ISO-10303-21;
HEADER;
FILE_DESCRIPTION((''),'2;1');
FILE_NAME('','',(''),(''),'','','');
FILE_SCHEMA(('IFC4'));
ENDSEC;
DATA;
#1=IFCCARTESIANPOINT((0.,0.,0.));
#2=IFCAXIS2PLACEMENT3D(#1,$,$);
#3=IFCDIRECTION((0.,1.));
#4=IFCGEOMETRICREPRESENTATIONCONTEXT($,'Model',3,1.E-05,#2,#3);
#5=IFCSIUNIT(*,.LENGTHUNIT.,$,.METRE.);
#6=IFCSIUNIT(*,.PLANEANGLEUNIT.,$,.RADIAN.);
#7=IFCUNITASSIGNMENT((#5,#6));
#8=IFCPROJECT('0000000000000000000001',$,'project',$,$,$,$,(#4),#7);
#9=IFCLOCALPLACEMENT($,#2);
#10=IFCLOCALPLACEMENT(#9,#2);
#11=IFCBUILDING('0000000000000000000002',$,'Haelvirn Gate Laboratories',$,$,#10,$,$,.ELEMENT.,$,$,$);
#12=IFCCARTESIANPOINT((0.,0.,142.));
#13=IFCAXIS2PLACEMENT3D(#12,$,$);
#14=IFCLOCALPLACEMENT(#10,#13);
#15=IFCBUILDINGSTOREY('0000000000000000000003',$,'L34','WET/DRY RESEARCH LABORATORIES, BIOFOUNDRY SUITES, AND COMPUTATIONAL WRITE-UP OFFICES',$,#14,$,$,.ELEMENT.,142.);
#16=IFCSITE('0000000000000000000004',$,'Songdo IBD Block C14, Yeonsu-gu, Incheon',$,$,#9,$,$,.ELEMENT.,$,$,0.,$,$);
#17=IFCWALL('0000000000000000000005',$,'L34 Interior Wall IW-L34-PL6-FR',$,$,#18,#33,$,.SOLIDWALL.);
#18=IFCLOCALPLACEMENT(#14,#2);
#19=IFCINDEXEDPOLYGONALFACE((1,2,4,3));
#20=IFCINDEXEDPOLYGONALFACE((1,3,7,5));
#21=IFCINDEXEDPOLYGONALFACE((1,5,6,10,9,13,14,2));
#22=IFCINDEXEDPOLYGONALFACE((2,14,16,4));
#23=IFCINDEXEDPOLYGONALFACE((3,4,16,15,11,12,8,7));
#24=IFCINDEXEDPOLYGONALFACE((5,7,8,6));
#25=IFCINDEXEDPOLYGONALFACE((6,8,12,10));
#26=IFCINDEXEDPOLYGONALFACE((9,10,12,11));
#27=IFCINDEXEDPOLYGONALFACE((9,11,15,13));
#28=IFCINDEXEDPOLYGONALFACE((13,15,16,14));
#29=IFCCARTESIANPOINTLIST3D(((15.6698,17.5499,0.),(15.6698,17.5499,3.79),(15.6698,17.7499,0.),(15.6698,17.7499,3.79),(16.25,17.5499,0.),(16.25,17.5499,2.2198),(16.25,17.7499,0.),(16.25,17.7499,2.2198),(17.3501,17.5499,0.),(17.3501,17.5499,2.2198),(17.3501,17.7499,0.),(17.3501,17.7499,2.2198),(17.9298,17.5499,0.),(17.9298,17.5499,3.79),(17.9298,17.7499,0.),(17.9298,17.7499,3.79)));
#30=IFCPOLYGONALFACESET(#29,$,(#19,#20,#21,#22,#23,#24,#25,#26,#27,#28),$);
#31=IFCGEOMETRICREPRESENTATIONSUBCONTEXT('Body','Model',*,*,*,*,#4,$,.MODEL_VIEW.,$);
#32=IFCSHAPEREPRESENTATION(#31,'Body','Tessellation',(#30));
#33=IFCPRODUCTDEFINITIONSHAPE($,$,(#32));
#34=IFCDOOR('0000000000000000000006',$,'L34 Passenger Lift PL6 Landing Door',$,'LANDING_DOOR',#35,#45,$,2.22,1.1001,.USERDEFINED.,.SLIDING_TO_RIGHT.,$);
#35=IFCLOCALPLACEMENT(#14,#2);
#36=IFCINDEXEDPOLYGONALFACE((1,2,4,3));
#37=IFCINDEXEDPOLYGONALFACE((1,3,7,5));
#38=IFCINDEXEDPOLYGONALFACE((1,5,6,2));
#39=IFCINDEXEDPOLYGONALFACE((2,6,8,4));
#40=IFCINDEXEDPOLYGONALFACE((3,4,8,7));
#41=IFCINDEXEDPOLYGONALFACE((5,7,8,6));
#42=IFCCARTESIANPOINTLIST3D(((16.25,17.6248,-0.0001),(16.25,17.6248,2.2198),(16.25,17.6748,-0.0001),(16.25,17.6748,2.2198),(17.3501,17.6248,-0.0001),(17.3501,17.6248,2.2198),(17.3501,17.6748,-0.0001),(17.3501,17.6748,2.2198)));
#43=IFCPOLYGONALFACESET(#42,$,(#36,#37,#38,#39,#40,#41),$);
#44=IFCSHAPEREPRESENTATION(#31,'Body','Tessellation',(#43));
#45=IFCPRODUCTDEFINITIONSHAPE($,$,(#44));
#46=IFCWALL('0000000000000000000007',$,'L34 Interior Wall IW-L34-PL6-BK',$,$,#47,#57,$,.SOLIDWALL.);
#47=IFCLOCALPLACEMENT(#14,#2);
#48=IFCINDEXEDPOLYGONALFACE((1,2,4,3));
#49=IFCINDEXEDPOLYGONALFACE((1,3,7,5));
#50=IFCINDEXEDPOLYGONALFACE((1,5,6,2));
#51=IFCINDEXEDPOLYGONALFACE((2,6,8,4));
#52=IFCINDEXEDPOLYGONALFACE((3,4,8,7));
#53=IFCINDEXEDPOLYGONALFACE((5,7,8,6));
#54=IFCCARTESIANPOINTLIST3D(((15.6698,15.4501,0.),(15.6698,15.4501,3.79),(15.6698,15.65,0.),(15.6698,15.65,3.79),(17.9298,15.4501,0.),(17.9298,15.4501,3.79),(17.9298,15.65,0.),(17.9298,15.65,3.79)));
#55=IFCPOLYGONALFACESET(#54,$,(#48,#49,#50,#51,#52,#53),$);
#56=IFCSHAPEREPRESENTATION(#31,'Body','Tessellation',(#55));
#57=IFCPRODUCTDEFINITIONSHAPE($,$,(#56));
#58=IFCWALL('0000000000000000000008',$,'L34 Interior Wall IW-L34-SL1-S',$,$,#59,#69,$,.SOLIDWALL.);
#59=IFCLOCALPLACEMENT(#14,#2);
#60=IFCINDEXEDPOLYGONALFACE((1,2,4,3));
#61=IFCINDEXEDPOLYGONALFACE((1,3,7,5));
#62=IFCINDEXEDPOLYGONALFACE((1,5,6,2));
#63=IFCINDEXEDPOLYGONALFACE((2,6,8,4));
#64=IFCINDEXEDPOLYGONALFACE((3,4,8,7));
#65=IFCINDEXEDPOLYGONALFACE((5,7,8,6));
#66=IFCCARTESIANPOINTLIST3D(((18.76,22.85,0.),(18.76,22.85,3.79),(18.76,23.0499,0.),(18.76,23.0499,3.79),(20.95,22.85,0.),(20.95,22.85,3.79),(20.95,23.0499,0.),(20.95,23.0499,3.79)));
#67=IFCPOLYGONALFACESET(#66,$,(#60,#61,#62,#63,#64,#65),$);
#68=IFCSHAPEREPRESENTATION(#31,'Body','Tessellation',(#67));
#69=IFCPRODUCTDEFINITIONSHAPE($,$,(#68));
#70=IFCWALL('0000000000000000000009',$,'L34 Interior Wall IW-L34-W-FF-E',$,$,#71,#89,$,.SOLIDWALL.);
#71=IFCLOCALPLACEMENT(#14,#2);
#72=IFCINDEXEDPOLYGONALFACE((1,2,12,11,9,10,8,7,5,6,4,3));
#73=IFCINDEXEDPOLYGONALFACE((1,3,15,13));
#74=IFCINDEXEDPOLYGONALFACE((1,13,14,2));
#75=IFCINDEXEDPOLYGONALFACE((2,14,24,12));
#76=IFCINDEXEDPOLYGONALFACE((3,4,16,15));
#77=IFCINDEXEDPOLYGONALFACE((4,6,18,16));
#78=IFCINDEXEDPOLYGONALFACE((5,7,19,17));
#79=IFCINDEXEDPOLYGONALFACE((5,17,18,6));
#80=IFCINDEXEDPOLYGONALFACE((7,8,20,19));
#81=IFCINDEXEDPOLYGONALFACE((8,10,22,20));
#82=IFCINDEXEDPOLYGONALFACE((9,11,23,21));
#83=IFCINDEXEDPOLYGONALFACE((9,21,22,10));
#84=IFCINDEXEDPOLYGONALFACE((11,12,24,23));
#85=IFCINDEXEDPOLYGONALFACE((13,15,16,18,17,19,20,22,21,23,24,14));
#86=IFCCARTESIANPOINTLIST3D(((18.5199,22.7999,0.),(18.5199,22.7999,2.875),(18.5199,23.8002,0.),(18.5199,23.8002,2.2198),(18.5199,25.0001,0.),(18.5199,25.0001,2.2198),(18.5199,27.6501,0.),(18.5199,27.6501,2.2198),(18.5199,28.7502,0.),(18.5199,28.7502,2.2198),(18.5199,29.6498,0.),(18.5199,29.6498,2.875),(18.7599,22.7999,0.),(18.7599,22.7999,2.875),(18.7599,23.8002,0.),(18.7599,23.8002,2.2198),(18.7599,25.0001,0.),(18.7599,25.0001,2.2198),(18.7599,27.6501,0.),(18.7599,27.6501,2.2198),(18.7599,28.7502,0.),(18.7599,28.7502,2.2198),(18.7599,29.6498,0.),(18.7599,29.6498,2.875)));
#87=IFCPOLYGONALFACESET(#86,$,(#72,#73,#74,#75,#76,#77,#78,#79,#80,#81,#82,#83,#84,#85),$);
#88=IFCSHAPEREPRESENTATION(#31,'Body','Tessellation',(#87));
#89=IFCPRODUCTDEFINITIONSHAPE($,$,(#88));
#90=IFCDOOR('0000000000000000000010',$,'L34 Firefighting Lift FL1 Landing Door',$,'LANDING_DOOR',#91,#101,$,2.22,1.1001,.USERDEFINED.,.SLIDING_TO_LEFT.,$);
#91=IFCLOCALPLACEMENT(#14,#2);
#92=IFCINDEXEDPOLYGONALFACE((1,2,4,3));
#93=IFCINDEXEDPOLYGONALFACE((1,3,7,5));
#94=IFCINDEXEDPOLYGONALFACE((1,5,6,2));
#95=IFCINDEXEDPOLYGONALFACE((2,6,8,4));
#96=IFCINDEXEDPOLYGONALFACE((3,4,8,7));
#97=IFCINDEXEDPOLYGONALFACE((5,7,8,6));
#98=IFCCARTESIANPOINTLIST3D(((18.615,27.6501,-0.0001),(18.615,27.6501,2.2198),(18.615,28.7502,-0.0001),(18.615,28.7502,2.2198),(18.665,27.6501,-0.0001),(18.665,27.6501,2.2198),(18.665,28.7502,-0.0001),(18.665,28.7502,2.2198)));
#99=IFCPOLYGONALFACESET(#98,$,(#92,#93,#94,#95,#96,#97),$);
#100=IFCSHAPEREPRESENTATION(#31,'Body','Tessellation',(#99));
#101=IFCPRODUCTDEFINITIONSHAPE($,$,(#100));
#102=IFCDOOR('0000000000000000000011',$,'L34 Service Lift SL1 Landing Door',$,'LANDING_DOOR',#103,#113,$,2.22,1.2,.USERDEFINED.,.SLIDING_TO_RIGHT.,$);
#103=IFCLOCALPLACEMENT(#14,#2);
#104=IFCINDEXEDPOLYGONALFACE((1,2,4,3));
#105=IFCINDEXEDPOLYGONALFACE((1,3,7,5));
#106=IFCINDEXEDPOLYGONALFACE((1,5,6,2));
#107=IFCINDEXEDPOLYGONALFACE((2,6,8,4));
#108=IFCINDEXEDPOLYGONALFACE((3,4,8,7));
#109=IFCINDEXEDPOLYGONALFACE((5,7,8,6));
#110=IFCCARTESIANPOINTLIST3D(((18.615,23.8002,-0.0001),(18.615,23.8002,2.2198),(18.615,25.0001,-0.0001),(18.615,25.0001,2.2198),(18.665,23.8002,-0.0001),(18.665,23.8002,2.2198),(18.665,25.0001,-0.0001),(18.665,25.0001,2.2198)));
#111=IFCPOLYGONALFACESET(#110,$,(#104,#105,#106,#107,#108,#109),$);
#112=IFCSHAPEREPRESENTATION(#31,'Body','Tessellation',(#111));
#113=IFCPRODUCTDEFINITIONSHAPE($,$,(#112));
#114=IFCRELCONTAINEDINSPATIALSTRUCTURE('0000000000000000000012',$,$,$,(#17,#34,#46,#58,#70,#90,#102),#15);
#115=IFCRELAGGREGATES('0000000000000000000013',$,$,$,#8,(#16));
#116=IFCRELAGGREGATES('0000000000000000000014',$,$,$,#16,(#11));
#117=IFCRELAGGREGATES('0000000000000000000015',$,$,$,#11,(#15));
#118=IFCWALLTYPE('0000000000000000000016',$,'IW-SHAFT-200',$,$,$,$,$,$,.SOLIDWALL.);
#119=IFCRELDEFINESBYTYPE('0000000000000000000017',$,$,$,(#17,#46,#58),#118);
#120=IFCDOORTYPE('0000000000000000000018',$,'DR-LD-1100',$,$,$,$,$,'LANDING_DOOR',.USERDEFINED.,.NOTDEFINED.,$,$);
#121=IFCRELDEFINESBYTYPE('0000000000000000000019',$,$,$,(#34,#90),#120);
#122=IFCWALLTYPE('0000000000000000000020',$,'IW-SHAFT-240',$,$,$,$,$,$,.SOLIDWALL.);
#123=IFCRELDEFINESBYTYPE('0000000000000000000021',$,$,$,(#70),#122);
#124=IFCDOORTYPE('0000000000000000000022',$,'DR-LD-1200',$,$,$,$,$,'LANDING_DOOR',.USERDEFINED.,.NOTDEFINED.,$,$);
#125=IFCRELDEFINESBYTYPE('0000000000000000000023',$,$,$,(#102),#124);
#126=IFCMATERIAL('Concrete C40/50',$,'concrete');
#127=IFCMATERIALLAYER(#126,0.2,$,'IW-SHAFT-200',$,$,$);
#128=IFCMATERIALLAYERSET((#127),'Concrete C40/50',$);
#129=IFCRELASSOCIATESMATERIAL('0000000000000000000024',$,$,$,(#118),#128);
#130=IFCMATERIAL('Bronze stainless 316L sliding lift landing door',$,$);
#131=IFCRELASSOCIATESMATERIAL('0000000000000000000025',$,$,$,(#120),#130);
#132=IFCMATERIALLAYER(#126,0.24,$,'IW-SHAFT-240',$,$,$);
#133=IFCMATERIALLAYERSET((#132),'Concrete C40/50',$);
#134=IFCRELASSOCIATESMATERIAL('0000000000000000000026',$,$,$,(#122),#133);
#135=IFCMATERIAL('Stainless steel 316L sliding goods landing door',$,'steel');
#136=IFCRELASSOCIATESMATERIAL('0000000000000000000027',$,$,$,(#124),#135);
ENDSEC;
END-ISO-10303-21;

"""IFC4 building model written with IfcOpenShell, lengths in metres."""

from ifc_helpers import new_model, si_unit, direction, frame, frame_2d, origin, place, context, subcontext, project, spatial, rectangle, extrude, source, transform, mapped, material, layer, layer_set, type_object, type_shapes, element, fill, save


model = new_model("IFC4")

# Units and contexts
model_context = context("Model", 3, precision=1e-05, world=origin(), true_north=direction((0.0, 1.0)))
body_context = subcontext(model_context, "Body", "Model", "MODEL_VIEW")
ifc_project = project(units=[si_unit("LENGTHUNIT", "METRE"), si_unit("PLANEANGLEUNIT", "RADIAN")], contexts=[model_context])

# Site, building, storey
site_placement = place(None, origin())
site = spatial("IfcSite", under=ifc_project, at=site_placement, Name="Songdo IBD Block C14, Yeonsu-gu, Incheon", CompositionType="ELEMENT", RefElevation=0.0)
building_placement = place(site_placement, origin())
building = spatial("IfcBuilding", under=site, at=building_placement, Name="Haelvirn Gate Laboratories", CompositionType="ELEMENT")
storey_placement = place(building_placement, frame((0.0, 0.0, 142.0)))
storey = spatial("IfcBuildingStorey", under=building, at=storey_placement, Name="L34", Description="WET/DRY RESEARCH LABORATORIES, BIOFOUNDRY SUITES, AND COMPUTATIONAL WRITE-UP OFFICES", CompositionType="ELEMENT", Elevation=142.0)

# Shared definitions
ifc_material_1 = material(Name="Concrete C40/50", Category="concrete")

# Wall, opening, door
ifc_layer_1 = layer(ifc_material_1, 0.2, Name="IW-SHAFT-200")
ifc_layer_set_1 = layer_set([ifc_layer_1], Name="Concrete C40/50")
wall_type_1 = type_object("IfcWallType", Name="IW-SHAFT-200", PredefinedType="SOLIDWALL", material=ifc_layer_set_1)
wall_1_placement = place(storey_placement, frame((15.6699, 17.6499, 0.0), z_axis=(0.0, 0.0, 1.0), x_axis=(1.0, 0.0, 0.0)))
wall_1 = element("IfcWall", 1, at=wall_1_placement, inside=storey, type_object=wall_type_1, Name="L34 Interior Wall IW-L34-PL6-FR", PredefinedType="SOLIDWALL", context=body_context, shape_type="SweptSolid", body=[
    extrude(rectangle(XDim=2.26, YDim=0.2, at=frame_2d((1.1299, 0.0))), origin(), (0.0, 0.0, 1.0), 3.79),
])
opening_1_placement = place(wall_1_placement, frame((0.5801, 0.0, 0.0)))
opening_1 = element("IfcOpeningElement", 2, at=opening_1_placement, cuts=wall_1, PredefinedType="OPENING", context=body_context, shape_type="SweptSolid", body=[
    extrude(rectangle(XDim=1.1001, YDim=2.22, at=frame_2d((0.55, 1.1099))), frame((0.0, 0.1099, 0.0), z_axis=(0.0, -1.0, 0.0), x_axis=(1.0, 0.0, 0.0)), (0.0, 0.0, 1.0), 0.22),
])
ifc_material_2 = material(Name="Bronze stainless 316L sliding lift landing door")
door_type_1 = type_object("IfcDoorType", Name="DR-LD-1100", ElementType="LANDING_DOOR", OperationType="NOTDEFINED", PredefinedType="USERDEFINED", material=ifc_material_2)
shared_shape_1 = source(origin(), body_context, "Body", "SweptSolid", [
    extrude(rectangle(XDim=1.1001, YDim=2.22, at=frame_2d((0.55, 1.1099))), frame((0.0, 0.0249, 0.0), z_axis=(0.0, -1.0, 0.0), x_axis=(1.0, 0.0, 0.0)), (0.0, 0.0, 1.0), 0.05),
])
type_shapes(door_type_1, [shared_shape_1])
door_1_placement = place(opening_1_placement, origin())
door_1 = element("IfcDoor", 3, at=door_1_placement, inside=storey, type_object=door_type_1, Name="L34 Passenger Lift PL6 Landing Door", ObjectType="LANDING_DOOR", OperationType="SLIDING_TO_RIGHT", OverallHeight=2.22, OverallWidth=1.1001, PredefinedType="USERDEFINED", context=body_context, shape_type="MappedRepresentation", body=[
    mapped(shared_shape_1, transform((0.0, 0.0, 0.0), scale=1.0)),
])
fill(opening_1, door_1)

# Walls
wall_2_placement = place(storey_placement, frame((15.6699, 15.55, 0.0), z_axis=(0.0, 0.0, 1.0), x_axis=(1.0, 0.0, 0.0)))
element("IfcWall", 4, at=wall_2_placement, inside=storey, type_object=wall_type_1, Name="L34 Interior Wall IW-L34-PL6-BK", PredefinedType="SOLIDWALL", context=body_context, shape_type="SweptSolid", body=[
    extrude(rectangle(XDim=2.26, YDim=0.2, at=frame_2d((1.1299, 0.0))), origin(), (0.0, 0.0, 1.0), 3.79),
])
wall_3_placement = place(storey_placement, frame((18.76, 22.95, 0.0), z_axis=(0.0, 0.0, 1.0), x_axis=(1.0, 0.0, 0.0)))
element("IfcWall", 5, at=wall_3_placement, inside=storey, type_object=wall_type_1, Name="L34 Interior Wall IW-L34-SL1-S", PredefinedType="SOLIDWALL", context=body_context, shape_type="SweptSolid", body=[
    extrude(rectangle(XDim=2.1899, YDim=0.2, at=frame_2d((1.095, 0.0))), origin(), (0.0, 0.0, 1.0), 3.79),
])

# Wall, openings, doors
ifc_layer_2 = layer(ifc_material_1, 0.24, Name="IW-SHAFT-240")
ifc_layer_set_2 = layer_set([ifc_layer_2], Name="Concrete C40/50")
wall_type_2 = type_object("IfcWallType", Name="IW-SHAFT-240", PredefinedType="SOLIDWALL", material=ifc_layer_set_2)
wall_4_placement = place(storey_placement, frame((18.6399, 22.8, 0.0), z_axis=(0.0, 0.0, 1.0), x_axis=(0.0, 1.0, 0.0)))
wall_4 = element("IfcWall", 6, at=wall_4_placement, inside=storey, type_object=wall_type_2, Name="L34 Interior Wall IW-L34-W-FF-E", PredefinedType="SOLIDWALL", context=body_context, shape_type="SweptSolid", body=[
    extrude(rectangle(XDim=6.8499, YDim=0.24, at=frame_2d((3.4248, 0.0))), origin(), (0.0, 0.0, 1.0), 2.875),
])
opening_2_placement = place(wall_4_placement, frame((4.8501, 0.0, 0.0)))
opening_2 = element("IfcOpeningElement", 7, at=opening_2_placement, cuts=wall_4, PredefinedType="OPENING", context=body_context, shape_type="SweptSolid", body=[
    extrude(rectangle(XDim=1.1001, YDim=2.22, at=frame_2d((0.55, 1.1099))), frame((0.0, 0.1299, 0.0), z_axis=(0.0, -1.0, 0.0), x_axis=(1.0, 0.0, 0.0)), (0.0, 0.0, 1.0), 0.26),
])
opening_3_placement = place(wall_4_placement, frame((1.0, 0.0, 0.0)))
opening_3 = element("IfcOpeningElement", 8, at=opening_3_placement, cuts=wall_4, PredefinedType="OPENING", context=body_context, shape_type="SweptSolid", body=[
    extrude(rectangle(XDim=1.2, YDim=2.22, at=frame_2d((0.6001, 1.1099))), frame((0.0, 0.1299, 0.0), z_axis=(0.0, -1.0, 0.0), x_axis=(1.0, 0.0, 0.0)), (0.0, 0.0, 1.0), 0.26),
])
door_2_placement = place(opening_2_placement, origin())
door_2 = element("IfcDoor", 9, at=door_2_placement, inside=storey, type_object=door_type_1, Name="L34 Firefighting Lift FL1 Landing Door", ObjectType="LANDING_DOOR", OperationType="SLIDING_TO_LEFT", OverallHeight=2.22, OverallWidth=1.1001, PredefinedType="USERDEFINED", context=body_context, shape_type="MappedRepresentation", body=[
    mapped(shared_shape_1, transform((0.0, 0.0, 0.0), scale=1.0)),
])
fill(opening_2, door_2)
ifc_material_3 = material(Name="Stainless steel 316L sliding goods landing door", Category="steel")
door_type_2 = type_object("IfcDoorType", Name="DR-LD-1200", ElementType="LANDING_DOOR", OperationType="NOTDEFINED", PredefinedType="USERDEFINED", material=ifc_material_3)
shared_shape_2 = source(origin(), body_context, "Body", "SweptSolid", [
    extrude(rectangle(XDim=1.2, YDim=2.22, at=frame_2d((0.6001, 1.1099))), frame((0.0, 0.0249, 0.0), z_axis=(0.0, -1.0, 0.0), x_axis=(1.0, 0.0, 0.0)), (0.0, 0.0, 1.0), 0.05),
])
type_shapes(door_type_2, [shared_shape_2])
door_3_placement = place(opening_3_placement, origin())
door_3 = element("IfcDoor", 10, at=door_3_placement, inside=storey, type_object=door_type_2, Name="L34 Service Lift SL1 Landing Door", ObjectType="LANDING_DOOR", OperationType="SLIDING_TO_RIGHT", OverallHeight=2.22, OverallWidth=1.2, PredefinedType="USERDEFINED", context=body_context, shape_type="MappedRepresentation", body=[
    mapped(shared_shape_2, transform((0.0, 0.0, 0.0), scale=1.0)),
])
fill(opening_3, door_3)

save(model, "model.ifc")
